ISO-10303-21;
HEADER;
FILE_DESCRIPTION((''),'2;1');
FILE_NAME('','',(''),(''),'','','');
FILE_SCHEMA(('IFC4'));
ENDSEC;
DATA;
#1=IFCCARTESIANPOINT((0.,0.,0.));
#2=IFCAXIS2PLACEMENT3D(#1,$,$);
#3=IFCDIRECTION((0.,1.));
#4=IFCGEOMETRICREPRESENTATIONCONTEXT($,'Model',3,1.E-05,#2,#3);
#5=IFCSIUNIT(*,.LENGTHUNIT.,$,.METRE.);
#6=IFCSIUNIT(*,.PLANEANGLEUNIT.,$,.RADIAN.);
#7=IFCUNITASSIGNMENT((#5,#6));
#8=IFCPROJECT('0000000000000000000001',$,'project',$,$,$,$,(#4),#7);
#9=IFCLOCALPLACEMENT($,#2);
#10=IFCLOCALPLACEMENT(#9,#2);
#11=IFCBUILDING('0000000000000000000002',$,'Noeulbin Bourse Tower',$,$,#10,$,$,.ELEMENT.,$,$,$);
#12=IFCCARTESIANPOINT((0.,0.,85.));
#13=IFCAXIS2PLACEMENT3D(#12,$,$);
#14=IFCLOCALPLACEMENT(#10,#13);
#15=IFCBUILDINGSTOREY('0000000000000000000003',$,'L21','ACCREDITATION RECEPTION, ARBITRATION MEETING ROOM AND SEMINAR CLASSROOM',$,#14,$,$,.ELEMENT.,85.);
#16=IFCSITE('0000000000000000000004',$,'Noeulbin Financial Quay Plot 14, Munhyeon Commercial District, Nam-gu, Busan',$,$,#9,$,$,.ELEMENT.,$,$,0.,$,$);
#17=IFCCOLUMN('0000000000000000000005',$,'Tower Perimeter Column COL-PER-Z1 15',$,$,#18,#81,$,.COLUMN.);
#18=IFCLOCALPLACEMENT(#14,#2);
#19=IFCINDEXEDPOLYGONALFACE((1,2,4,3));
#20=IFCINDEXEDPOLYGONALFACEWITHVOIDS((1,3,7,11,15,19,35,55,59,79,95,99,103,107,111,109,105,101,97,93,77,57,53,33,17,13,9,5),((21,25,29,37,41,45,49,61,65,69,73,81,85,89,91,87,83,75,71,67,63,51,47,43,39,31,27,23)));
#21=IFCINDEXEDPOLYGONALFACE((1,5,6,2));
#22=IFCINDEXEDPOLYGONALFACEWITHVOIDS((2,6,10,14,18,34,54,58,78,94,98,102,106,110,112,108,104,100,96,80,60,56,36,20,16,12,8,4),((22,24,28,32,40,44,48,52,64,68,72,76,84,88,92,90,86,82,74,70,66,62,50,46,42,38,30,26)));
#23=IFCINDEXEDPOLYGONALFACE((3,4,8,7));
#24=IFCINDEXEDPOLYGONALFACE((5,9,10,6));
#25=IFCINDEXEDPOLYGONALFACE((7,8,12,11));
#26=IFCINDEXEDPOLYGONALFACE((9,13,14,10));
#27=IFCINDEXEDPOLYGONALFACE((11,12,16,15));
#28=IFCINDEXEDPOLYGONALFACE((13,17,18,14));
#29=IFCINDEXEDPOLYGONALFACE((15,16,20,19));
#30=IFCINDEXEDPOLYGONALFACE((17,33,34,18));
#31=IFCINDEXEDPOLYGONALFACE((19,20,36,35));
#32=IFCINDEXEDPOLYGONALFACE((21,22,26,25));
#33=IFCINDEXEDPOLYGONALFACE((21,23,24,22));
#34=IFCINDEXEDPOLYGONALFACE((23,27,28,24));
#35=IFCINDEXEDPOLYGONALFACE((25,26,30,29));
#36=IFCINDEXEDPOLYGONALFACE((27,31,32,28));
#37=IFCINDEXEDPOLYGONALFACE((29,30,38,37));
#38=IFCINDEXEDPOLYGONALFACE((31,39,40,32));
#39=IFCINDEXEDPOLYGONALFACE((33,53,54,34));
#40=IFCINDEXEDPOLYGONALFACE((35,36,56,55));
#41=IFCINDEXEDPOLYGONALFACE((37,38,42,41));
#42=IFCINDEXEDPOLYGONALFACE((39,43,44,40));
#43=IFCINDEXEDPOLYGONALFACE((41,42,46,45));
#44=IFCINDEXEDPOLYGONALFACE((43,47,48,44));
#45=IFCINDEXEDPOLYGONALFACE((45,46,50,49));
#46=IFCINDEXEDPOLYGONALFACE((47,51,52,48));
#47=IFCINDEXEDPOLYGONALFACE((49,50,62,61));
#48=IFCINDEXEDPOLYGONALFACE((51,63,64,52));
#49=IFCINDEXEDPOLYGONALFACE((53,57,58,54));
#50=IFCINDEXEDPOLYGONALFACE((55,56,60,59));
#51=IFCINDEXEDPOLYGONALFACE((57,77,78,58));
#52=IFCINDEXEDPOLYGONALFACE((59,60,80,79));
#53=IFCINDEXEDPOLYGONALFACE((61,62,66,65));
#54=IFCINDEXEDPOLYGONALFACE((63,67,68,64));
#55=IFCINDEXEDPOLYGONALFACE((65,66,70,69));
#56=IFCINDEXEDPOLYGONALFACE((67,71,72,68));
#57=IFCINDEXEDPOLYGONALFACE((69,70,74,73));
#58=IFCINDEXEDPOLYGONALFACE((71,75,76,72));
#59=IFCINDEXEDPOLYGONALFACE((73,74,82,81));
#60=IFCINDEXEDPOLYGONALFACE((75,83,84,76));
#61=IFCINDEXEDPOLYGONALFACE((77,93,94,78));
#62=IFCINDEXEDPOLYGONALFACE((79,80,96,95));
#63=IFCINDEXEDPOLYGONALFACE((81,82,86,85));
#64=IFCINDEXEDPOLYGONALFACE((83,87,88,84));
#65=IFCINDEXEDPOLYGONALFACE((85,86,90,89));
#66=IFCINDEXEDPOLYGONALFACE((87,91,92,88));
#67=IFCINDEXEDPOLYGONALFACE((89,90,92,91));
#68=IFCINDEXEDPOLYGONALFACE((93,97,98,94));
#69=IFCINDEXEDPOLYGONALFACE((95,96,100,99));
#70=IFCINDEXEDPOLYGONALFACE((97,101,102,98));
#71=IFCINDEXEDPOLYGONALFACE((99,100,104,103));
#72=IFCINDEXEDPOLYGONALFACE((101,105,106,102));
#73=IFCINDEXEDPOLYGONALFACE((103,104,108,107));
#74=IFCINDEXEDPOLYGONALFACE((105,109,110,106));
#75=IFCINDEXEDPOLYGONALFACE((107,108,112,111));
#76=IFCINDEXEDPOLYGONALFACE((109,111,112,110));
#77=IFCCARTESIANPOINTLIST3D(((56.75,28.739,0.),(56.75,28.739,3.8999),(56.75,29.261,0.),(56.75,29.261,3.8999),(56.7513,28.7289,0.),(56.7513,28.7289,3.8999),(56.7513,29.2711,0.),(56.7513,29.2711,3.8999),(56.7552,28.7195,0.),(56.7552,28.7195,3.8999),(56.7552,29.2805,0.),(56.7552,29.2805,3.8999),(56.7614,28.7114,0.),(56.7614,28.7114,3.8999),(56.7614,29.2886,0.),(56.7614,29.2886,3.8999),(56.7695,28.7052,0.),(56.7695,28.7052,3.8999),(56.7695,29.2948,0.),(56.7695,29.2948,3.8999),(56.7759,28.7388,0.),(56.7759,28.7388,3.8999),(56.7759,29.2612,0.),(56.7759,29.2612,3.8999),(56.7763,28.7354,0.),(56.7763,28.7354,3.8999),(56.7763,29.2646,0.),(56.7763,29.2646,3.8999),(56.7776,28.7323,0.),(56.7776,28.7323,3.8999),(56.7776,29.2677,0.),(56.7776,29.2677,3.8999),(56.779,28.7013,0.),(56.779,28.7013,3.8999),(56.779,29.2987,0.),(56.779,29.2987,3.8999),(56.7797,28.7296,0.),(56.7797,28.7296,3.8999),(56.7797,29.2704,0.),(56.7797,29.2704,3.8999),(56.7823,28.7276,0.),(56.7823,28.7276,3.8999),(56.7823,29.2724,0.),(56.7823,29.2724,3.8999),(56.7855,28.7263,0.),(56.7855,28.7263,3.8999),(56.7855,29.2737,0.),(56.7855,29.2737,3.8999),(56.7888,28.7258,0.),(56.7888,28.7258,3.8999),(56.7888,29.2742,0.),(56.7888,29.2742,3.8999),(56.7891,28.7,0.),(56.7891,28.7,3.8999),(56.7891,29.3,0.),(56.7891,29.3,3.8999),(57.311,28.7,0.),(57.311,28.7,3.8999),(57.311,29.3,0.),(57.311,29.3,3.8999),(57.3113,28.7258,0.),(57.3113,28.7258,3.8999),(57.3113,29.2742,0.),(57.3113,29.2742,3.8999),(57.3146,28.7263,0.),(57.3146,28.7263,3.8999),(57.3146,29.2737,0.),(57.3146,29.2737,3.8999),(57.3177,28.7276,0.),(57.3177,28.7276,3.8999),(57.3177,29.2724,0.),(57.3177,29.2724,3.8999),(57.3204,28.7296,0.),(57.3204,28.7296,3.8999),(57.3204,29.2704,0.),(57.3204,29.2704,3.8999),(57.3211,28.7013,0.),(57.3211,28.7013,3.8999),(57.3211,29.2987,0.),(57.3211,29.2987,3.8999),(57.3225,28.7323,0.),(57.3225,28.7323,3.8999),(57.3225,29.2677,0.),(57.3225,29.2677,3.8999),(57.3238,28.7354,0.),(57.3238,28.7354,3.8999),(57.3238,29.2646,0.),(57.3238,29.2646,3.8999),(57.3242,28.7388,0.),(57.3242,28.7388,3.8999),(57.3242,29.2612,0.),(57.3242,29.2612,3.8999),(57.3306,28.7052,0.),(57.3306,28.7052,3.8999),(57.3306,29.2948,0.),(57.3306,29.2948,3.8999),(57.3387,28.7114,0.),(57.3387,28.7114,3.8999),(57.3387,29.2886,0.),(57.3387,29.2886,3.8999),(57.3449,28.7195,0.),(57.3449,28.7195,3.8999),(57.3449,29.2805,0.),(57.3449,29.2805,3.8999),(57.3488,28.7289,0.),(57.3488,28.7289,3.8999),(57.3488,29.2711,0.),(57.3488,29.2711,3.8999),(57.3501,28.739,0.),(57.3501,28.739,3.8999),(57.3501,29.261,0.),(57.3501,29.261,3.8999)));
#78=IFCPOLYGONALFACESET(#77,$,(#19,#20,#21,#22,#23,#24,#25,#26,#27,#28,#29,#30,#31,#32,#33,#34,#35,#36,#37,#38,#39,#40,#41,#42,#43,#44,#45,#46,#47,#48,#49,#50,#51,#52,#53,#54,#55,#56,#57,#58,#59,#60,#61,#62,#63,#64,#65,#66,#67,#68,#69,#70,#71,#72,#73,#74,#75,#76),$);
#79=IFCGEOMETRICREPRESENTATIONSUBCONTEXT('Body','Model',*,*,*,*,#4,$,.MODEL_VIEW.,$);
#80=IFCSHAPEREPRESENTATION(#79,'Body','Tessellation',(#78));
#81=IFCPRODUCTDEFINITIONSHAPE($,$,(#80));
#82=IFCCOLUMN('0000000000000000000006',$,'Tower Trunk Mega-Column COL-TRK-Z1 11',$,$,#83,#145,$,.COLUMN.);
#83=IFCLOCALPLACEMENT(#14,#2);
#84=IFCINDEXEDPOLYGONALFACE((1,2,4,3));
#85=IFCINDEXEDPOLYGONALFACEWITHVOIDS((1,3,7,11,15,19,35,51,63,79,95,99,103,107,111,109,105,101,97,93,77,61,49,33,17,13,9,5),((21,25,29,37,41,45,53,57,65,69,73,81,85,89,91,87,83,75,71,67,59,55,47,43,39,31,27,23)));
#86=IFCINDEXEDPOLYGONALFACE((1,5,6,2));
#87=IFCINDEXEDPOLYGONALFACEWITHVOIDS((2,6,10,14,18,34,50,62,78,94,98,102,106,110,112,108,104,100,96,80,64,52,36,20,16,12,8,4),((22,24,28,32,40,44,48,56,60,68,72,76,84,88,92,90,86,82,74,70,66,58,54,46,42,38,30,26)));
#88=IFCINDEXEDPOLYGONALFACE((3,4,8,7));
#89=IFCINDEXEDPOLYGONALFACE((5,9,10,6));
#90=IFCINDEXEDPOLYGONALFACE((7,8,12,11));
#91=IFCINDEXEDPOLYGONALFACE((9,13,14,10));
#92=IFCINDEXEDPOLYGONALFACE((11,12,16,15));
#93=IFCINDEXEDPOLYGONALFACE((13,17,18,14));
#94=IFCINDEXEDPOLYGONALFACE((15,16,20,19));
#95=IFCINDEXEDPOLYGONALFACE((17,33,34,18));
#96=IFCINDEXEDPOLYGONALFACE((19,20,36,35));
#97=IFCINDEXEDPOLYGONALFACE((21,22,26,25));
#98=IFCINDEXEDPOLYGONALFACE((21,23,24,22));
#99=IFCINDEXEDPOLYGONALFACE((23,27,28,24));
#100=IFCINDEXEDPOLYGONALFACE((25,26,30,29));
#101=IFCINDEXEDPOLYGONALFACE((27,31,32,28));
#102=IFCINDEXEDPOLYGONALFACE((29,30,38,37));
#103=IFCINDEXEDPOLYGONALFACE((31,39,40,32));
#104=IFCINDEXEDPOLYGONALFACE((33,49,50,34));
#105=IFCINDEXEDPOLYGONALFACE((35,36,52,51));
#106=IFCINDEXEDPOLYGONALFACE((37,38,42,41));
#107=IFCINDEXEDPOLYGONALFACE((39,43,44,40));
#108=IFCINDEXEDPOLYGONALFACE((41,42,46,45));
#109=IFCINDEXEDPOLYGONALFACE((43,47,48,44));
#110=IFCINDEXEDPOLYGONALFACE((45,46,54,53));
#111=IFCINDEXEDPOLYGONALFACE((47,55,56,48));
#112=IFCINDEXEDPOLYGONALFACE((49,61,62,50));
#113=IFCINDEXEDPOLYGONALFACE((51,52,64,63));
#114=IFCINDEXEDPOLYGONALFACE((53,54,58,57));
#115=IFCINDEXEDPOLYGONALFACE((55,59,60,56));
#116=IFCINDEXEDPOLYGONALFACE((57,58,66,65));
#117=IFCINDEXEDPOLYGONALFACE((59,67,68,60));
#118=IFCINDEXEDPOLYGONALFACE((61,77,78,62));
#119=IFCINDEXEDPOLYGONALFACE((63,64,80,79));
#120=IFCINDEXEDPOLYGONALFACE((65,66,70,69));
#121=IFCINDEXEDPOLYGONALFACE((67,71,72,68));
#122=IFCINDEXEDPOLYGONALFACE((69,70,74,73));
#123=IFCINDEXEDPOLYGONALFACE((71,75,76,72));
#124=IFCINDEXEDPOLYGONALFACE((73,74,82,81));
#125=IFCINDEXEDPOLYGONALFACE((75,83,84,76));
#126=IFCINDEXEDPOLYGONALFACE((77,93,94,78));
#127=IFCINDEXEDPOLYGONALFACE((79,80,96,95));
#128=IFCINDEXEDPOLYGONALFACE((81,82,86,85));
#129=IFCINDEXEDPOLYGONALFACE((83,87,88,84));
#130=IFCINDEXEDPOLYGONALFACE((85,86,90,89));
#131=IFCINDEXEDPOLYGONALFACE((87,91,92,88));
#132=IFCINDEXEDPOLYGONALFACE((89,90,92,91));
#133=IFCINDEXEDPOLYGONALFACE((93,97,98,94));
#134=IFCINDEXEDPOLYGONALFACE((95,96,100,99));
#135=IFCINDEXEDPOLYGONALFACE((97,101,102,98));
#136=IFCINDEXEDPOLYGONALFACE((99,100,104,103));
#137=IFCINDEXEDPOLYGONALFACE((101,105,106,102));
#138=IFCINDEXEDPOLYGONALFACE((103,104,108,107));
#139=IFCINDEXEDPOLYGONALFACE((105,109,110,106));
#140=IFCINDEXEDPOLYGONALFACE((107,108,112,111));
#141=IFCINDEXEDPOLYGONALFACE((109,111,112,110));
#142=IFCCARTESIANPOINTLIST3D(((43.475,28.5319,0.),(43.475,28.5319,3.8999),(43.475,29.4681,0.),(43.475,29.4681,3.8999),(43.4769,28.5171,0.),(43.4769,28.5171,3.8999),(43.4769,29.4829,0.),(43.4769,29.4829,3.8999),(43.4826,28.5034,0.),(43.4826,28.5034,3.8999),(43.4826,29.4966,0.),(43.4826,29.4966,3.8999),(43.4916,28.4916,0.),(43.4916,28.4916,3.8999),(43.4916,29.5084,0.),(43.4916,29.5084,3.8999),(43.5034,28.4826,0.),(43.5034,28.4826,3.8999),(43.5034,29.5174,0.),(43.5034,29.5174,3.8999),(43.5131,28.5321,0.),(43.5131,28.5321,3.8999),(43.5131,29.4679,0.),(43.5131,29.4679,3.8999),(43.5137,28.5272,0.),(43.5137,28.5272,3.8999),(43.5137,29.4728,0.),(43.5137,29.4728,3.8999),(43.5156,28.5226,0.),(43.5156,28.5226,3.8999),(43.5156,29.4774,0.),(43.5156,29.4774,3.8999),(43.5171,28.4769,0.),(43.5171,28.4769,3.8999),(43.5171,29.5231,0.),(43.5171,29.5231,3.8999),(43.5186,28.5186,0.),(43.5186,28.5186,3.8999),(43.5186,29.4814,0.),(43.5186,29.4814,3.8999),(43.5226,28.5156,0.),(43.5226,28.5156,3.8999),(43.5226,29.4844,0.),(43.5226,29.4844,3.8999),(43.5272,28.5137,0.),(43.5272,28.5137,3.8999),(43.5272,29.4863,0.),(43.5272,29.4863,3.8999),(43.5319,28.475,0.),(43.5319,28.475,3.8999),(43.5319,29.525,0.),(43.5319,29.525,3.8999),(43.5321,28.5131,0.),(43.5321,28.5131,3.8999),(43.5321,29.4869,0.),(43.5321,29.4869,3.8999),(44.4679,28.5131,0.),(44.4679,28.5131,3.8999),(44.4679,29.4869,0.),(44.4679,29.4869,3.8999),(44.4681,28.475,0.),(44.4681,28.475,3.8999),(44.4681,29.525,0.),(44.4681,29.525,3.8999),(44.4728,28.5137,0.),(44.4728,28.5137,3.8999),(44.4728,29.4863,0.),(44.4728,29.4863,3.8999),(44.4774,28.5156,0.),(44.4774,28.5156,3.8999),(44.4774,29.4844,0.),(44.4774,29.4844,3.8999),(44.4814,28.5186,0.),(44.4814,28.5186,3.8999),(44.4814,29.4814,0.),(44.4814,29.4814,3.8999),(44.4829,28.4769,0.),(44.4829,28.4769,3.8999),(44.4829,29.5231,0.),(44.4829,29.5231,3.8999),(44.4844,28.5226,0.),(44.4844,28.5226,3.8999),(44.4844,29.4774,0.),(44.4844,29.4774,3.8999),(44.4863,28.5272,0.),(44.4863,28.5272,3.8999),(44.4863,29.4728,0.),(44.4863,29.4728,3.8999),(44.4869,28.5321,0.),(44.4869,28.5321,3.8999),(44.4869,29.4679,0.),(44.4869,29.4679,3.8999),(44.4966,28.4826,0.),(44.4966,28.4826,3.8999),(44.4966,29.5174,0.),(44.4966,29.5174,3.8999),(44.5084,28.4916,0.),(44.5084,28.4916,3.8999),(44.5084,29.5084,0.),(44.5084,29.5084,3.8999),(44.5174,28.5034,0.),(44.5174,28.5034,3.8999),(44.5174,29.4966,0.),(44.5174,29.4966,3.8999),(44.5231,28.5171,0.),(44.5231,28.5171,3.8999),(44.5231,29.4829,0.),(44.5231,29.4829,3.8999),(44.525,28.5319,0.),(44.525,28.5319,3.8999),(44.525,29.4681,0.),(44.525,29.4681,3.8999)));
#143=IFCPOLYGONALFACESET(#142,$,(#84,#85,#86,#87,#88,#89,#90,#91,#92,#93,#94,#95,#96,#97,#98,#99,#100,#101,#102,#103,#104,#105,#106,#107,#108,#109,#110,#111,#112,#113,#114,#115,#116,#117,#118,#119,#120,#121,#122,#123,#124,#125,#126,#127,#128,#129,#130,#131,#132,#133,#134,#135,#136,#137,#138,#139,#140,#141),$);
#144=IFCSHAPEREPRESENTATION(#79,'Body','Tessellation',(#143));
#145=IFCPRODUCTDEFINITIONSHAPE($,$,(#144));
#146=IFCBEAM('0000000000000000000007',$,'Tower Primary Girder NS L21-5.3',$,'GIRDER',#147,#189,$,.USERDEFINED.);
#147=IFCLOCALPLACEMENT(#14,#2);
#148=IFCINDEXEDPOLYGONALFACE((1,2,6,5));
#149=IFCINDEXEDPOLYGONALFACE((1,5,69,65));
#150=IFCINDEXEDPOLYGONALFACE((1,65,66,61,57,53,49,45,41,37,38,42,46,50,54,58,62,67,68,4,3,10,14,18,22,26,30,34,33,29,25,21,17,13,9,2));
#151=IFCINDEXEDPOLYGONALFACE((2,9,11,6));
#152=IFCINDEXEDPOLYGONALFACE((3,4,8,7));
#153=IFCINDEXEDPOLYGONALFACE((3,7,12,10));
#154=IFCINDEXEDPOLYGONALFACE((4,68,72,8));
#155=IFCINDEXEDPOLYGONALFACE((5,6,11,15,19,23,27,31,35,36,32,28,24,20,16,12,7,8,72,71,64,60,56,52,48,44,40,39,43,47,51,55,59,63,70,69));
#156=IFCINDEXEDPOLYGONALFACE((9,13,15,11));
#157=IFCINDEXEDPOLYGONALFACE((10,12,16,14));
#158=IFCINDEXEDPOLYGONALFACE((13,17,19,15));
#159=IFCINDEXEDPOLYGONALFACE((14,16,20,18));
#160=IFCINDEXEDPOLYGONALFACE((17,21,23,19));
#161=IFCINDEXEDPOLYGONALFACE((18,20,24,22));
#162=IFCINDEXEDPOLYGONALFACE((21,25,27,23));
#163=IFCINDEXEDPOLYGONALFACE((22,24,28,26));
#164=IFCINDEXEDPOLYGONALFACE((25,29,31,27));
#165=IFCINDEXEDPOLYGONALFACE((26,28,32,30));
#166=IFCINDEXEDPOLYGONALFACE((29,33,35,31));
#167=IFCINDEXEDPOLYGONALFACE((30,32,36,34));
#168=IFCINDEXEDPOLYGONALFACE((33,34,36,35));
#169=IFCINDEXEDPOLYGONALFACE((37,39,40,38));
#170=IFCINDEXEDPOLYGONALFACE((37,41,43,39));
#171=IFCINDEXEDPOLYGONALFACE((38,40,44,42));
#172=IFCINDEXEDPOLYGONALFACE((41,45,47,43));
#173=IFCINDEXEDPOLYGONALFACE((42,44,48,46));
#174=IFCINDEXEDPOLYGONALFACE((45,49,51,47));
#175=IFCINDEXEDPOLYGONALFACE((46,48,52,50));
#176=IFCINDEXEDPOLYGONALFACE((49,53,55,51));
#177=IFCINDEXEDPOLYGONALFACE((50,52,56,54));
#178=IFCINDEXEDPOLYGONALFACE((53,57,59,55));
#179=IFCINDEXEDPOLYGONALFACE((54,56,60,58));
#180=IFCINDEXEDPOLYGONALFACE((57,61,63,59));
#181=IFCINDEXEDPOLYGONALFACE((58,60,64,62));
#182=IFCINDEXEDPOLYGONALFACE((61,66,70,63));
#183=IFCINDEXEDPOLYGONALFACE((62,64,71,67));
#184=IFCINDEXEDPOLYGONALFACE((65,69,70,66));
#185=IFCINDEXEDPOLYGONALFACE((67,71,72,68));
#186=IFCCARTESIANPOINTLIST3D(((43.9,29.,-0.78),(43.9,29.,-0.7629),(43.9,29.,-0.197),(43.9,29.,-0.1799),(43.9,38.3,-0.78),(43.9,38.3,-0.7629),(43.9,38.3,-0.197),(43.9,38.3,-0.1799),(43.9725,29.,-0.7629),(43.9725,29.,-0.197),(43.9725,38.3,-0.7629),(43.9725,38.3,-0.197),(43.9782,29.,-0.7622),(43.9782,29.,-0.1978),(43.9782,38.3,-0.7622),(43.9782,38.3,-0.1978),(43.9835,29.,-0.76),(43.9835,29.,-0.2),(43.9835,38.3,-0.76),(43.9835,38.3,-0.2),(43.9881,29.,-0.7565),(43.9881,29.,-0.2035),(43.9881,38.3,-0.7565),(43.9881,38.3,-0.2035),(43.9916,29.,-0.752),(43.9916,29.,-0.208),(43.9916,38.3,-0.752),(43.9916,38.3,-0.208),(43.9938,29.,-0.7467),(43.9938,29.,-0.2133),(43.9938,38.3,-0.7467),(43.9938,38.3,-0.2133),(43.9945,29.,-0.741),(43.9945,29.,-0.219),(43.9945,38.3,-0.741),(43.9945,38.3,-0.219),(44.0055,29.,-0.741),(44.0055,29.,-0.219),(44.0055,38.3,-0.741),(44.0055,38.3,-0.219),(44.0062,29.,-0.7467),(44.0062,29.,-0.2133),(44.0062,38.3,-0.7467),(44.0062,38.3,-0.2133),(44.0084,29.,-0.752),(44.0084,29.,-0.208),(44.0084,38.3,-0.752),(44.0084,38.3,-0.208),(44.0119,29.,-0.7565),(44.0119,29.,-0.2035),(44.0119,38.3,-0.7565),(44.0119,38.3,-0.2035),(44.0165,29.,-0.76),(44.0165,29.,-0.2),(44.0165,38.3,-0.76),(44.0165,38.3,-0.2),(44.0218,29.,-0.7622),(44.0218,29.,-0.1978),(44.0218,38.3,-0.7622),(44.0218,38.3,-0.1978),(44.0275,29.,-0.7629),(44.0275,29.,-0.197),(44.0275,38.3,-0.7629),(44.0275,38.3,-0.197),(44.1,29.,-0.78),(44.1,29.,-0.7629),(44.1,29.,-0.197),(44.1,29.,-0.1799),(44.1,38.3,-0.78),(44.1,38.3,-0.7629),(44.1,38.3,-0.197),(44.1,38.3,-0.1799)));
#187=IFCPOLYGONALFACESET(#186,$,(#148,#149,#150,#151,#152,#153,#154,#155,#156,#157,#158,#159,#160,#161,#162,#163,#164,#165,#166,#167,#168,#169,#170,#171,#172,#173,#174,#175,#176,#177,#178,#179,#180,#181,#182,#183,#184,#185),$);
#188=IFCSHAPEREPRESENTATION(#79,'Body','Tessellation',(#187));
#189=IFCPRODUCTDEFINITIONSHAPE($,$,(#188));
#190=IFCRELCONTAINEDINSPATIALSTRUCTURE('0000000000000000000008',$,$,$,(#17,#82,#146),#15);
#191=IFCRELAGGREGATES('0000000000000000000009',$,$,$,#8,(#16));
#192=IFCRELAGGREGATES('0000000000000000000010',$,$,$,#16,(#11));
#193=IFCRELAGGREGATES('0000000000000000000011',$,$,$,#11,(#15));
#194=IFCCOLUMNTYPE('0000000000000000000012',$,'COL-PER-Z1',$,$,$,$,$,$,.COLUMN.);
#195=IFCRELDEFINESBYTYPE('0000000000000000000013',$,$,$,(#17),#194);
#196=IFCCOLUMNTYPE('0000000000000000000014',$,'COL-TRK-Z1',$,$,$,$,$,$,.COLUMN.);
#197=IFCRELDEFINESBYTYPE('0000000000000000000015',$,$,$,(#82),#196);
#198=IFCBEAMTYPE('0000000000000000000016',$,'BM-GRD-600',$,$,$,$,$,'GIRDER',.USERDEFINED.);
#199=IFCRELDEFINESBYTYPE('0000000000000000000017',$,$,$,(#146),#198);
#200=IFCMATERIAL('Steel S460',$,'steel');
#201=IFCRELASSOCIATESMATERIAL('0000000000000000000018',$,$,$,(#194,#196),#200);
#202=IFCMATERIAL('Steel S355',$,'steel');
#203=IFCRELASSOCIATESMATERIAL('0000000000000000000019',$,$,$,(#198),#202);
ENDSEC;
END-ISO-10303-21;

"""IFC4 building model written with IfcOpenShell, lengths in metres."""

from ifc_helpers import new_model, si_unit, direction, frame, origin, origin_2d, place, context, subcontext, project, spatial, hollow_rectangle, i_section, extrude, material, material_profile, profile_set, type_object, element, save


model = new_model("IFC4")

# Units and contexts
model_context = context("Model", 3, precision=1e-05, world=origin(), true_north=direction((0.0, 1.0)))
body_context = subcontext(model_context, "Body", "Model", "MODEL_VIEW")
ifc_project = project(units=[si_unit("LENGTHUNIT", "METRE"), si_unit("PLANEANGLEUNIT", "RADIAN")], contexts=[model_context])

# Site, building, storey
site_placement = place(None, origin())
site = spatial("IfcSite", under=ifc_project, at=site_placement, Name="Noeulbin Financial Quay Plot 14, Munhyeon Commercial District, Nam-gu, Busan", CompositionType="ELEMENT", RefElevation=0.0)
building_placement = place(site_placement, origin())
building = spatial("IfcBuilding", under=site, at=building_placement, Name="Noeulbin Bourse Tower", CompositionType="ELEMENT")
storey_placement = place(building_placement, frame((0.0, 0.0, 85.0)))
storey = spatial("IfcBuildingStorey", under=building, at=storey_placement, Name="L21", Description="ACCREDITATION RECEPTION, ARBITRATION MEETING ROOM AND SEMINAR CLASSROOM", CompositionType="ELEMENT", Elevation=85.0)

# Columns
ifc_material_1 = material(Name="Steel S460", Category="steel")
ifc_material_profile_1 = material_profile(ifc_material_1, hollow_rectangle(XDim=0.6001, YDim=0.6001, WallThickness=0.0259, InnerFilletRadius=0.0129, OuterFilletRadius=0.0391, at=origin_2d()), Name="BOX-600x600x26", Category="LoadBearing")
ifc_profile_set_1 = profile_set([ifc_material_profile_1], Name="Steel S460")
column_type_1 = type_object("IfcColumnType", Name="COL-PER-Z1", PredefinedType="COLUMN", material=ifc_profile_set_1)
column_1_placement = place(storey_placement, frame((57.05, 29.0, 0.0), z_axis=(0.0, 0.0, 1.0), x_axis=(1.0, 0.0, 0.0)))
element("IfcColumn", 1, at=column_1_placement, inside=storey, type_object=column_type_1, Name="Tower Perimeter Column COL-PER-Z1 15", PredefinedType="COLUMN", context=body_context, shape_type="SweptSolid", body=[
    extrude(hollow_rectangle(XDim=0.6001, YDim=0.6001, WallThickness=0.0259, InnerFilletRadius=0.0129, OuterFilletRadius=0.0391, at=origin_2d()), origin(), (0.0, 0.0, 1.0), 3.8999),
])
ifc_material_profile_2 = material_profile(ifc_material_1, hollow_rectangle(XDim=1.05, YDim=1.05, WallThickness=0.0381, InnerFilletRadius=0.019, OuterFilletRadius=0.0569, at=origin_2d()), Name="BOX-1050x1050x38", Category="LoadBearing")
ifc_profile_set_2 = profile_set([ifc_material_profile_2], Name="Steel S460")
column_type_2 = type_object("IfcColumnType", Name="COL-TRK-Z1", PredefinedType="COLUMN", material=ifc_profile_set_2)
column_2_placement = place(storey_placement, frame((44.0, 29.0, 0.0), z_axis=(0.0, 0.0, 1.0), x_axis=(1.0, 0.0, 0.0)))
element("IfcColumn", 2, at=column_2_placement, inside=storey, type_object=column_type_2, Name="Tower Trunk Mega-Column COL-TRK-Z1 11", PredefinedType="COLUMN", context=body_context, shape_type="SweptSolid", body=[
    extrude(hollow_rectangle(XDim=1.05, YDim=1.05, WallThickness=0.0381, InnerFilletRadius=0.019, OuterFilletRadius=0.0569, at=origin_2d()), origin(), (0.0, 0.0, 1.0), 3.8999),
])

# Beam
ifc_material_2 = material(Name="Steel S355", Category="steel")
ifc_material_profile_3 = material_profile(ifc_material_2, i_section(OverallWidth=0.2, OverallDepth=0.6001, WebThickness=0.011, FlangeThickness=0.0171, FilletRadius=0.022, at=origin_2d()), Name="H-600x200x11x17", Category="LoadBearing")
ifc_profile_set_3 = profile_set([ifc_material_profile_3], Name="Steel S355")
beam_type_1 = type_object("IfcBeamType", Name="BM-GRD-600", ElementType="GIRDER", PredefinedType="USERDEFINED", material=ifc_profile_set_3)
beam_1_placement = place(storey_placement, frame((44.0, 29.0, -0.48), z_axis=(0.0, 1.0, 0.0), x_axis=(-1.0, 0.0, 0.0)))
element("IfcBeam", 3, at=beam_1_placement, inside=storey, type_object=beam_type_1, Name="Tower Primary Girder NS L21-5.3", ObjectType="GIRDER", PredefinedType="USERDEFINED", context=body_context, shape_type="SweptSolid", body=[
    extrude(i_section(OverallWidth=0.2, OverallDepth=0.6001, WebThickness=0.011, FlangeThickness=0.0171, FilletRadius=0.022, at=origin_2d()), origin(), (0.0, 0.0, 1.0), 9.3),
])

save(model, "model.ifc")
